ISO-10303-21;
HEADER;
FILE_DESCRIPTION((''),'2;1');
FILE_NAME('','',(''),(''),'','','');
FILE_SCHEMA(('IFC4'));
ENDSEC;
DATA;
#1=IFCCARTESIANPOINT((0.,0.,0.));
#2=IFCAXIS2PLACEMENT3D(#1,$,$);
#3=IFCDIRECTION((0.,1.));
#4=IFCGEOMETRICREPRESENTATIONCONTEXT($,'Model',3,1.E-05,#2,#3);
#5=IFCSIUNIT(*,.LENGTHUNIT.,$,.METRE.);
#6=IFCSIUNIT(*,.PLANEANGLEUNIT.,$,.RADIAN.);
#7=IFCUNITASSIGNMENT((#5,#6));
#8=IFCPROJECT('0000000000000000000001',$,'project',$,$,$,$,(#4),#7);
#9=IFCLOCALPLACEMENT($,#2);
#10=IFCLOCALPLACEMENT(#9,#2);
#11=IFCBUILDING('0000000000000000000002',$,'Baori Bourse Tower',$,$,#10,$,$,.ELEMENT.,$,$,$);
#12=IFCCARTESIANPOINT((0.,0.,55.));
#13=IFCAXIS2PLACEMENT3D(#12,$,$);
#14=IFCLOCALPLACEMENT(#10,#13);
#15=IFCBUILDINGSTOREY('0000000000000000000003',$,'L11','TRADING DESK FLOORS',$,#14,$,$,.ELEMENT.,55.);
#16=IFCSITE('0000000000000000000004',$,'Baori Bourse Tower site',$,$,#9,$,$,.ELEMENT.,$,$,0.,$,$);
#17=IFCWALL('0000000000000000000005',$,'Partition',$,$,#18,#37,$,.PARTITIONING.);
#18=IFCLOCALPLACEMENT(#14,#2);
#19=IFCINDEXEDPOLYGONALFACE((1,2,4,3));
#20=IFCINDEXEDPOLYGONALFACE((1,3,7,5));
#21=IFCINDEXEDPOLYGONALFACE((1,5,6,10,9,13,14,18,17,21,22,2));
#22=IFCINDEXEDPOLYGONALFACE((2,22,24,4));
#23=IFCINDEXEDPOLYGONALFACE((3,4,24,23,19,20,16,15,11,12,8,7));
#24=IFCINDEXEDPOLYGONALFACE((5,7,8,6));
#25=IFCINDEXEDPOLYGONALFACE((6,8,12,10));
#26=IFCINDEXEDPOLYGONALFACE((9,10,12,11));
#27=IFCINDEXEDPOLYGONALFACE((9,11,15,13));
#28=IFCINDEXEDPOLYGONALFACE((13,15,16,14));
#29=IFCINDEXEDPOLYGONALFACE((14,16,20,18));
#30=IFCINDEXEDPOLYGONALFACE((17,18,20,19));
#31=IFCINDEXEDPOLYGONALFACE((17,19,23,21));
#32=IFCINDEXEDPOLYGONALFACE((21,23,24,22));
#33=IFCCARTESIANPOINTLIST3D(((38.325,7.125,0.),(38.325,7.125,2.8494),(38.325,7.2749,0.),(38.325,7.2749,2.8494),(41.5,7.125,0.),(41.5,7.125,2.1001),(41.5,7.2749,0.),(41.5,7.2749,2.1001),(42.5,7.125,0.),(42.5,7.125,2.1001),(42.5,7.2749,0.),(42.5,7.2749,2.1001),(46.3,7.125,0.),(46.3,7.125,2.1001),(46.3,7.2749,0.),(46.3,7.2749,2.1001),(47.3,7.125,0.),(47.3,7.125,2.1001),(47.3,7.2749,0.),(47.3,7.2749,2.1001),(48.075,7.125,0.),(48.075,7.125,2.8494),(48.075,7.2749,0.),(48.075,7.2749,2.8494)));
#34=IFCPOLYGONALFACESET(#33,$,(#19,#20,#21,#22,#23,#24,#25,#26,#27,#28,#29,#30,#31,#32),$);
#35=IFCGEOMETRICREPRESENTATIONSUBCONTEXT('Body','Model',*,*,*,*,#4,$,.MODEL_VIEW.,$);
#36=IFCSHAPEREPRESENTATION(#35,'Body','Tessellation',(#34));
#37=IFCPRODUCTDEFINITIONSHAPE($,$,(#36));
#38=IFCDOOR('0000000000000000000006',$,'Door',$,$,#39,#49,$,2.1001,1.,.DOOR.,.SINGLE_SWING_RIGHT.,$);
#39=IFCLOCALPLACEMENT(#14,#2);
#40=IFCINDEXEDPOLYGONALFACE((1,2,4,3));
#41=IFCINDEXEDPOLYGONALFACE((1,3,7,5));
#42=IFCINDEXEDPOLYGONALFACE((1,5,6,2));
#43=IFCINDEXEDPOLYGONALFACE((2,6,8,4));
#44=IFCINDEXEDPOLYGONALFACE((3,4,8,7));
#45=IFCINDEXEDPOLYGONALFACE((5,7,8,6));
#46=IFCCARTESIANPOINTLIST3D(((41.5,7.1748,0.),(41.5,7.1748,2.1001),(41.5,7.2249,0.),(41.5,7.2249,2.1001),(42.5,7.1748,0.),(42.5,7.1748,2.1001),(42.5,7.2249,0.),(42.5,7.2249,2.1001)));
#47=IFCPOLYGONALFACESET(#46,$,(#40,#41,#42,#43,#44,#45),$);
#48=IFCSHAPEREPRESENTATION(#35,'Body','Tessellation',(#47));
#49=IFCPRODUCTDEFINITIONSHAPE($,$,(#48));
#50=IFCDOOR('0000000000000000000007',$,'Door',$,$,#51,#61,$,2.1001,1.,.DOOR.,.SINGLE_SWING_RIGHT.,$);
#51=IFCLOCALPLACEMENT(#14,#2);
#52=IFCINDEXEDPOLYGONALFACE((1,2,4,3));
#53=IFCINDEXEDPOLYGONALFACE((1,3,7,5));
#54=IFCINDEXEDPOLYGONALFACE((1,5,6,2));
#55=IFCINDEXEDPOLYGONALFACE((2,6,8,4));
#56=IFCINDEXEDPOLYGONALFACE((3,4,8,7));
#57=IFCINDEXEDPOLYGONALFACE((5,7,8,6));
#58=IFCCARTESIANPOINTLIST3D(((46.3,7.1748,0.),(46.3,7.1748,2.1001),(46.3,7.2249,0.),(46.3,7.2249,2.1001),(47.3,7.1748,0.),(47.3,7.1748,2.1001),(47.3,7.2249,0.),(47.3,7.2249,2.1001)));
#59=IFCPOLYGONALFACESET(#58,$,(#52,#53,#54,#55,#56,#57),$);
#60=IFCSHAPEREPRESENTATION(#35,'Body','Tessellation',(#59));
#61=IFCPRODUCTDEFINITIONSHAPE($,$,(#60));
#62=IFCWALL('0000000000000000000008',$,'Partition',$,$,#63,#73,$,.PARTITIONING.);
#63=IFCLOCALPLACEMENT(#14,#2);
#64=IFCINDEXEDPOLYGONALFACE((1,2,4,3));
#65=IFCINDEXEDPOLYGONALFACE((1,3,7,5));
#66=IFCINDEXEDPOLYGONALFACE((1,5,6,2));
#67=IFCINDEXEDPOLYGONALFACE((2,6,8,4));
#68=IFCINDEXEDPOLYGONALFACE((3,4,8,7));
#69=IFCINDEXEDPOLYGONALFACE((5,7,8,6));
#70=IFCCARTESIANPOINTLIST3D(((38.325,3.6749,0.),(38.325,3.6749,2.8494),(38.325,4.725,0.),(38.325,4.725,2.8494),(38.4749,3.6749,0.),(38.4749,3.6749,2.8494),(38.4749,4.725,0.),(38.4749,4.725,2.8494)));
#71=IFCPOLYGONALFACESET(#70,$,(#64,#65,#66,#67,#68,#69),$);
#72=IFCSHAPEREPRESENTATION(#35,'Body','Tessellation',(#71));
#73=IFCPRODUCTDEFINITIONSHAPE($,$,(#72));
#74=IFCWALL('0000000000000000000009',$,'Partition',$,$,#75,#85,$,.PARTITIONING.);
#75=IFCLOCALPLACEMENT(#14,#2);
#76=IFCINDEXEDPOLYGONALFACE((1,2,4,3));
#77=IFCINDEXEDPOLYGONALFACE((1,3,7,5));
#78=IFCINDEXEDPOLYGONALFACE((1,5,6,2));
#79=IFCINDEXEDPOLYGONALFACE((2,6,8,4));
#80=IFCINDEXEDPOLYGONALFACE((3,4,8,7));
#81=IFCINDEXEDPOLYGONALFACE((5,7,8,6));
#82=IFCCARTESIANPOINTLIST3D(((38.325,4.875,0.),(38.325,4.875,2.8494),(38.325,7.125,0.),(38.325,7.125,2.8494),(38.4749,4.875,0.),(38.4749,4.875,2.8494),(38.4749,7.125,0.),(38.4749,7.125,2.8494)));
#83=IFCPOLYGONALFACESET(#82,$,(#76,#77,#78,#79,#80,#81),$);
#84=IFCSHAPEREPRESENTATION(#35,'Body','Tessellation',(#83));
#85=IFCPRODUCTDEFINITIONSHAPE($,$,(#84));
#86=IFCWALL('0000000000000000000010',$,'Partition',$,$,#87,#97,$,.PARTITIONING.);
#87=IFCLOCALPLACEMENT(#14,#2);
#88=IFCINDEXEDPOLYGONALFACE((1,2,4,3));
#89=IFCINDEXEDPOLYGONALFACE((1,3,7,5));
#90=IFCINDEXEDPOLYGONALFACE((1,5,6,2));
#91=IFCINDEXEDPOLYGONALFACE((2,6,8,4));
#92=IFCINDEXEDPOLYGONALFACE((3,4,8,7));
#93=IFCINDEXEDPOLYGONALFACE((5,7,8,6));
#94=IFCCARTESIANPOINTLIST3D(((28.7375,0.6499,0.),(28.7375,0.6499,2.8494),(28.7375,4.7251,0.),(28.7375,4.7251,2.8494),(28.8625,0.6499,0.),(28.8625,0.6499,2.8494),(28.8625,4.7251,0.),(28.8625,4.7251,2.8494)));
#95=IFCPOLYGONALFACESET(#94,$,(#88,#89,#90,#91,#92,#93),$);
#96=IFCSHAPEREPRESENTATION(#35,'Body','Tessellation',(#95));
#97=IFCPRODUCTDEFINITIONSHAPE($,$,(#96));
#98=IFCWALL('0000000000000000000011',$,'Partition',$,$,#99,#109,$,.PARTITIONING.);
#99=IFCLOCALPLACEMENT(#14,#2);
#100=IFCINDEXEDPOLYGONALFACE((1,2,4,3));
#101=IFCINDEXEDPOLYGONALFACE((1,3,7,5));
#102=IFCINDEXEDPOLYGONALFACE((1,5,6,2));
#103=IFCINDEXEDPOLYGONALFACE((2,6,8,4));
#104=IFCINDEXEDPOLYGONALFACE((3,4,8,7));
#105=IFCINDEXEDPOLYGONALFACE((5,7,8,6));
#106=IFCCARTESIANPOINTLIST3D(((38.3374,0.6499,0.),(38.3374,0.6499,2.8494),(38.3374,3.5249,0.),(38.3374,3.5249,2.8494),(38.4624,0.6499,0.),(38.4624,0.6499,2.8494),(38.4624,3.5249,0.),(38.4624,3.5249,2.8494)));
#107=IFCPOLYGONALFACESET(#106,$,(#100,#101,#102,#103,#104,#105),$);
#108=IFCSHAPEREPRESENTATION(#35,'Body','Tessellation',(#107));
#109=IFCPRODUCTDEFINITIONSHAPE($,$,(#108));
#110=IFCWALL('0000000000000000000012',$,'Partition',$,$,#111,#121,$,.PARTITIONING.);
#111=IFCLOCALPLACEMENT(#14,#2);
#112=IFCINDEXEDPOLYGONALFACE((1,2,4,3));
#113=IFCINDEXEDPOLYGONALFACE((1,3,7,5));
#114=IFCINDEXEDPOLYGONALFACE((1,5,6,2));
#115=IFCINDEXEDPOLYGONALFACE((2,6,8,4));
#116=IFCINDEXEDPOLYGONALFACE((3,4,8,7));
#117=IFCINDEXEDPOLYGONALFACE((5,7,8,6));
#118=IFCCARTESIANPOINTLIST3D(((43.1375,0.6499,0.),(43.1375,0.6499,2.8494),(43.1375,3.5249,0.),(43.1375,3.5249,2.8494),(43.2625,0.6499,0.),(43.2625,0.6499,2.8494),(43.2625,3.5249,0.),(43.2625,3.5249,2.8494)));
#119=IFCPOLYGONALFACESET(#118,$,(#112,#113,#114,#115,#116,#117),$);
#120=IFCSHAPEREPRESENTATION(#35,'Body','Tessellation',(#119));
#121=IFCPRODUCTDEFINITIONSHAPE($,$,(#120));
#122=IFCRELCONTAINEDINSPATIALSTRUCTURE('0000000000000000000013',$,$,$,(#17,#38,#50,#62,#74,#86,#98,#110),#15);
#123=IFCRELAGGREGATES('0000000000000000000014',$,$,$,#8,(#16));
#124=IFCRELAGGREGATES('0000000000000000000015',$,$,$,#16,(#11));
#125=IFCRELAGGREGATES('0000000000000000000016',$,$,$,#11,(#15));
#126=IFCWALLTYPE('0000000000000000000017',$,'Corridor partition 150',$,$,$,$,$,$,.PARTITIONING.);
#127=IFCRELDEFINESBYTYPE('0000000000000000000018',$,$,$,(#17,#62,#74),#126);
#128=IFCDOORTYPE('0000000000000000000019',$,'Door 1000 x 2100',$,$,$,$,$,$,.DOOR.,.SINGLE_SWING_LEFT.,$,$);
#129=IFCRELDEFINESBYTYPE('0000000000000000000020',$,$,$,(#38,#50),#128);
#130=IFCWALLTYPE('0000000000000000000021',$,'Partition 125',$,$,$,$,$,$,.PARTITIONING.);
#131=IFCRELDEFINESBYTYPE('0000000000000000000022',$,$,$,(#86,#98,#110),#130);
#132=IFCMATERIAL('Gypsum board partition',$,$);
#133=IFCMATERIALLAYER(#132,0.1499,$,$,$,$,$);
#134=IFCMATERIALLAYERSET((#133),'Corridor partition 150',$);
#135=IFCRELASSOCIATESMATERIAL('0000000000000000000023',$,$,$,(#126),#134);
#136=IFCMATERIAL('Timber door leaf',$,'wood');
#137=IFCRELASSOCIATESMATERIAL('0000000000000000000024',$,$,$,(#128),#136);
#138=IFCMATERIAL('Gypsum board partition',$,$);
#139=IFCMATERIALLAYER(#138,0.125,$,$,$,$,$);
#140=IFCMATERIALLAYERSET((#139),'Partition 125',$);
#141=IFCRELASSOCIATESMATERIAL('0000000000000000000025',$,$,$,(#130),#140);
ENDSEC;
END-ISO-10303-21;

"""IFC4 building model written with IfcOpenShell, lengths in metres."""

from ifc_helpers import new_model, si_unit, direction, frame, frame_2d, origin, place, context, subcontext, project, spatial, rectangle, extrude, material, layer, layer_set, type_object, element, fill, save


model = new_model("IFC4")

# Units and contexts
model_context = context("Model", 3, precision=1e-05, world=origin(), true_north=direction((0.0, 1.0)))
body_context = subcontext(model_context, "Body", "Model", "MODEL_VIEW")
ifc_project = project(units=[si_unit("LENGTHUNIT", "METRE"), si_unit("PLANEANGLEUNIT", "RADIAN")], contexts=[model_context])

# Site, building, storey
site_placement = place(None, origin())
site = spatial("IfcSite", under=ifc_project, at=site_placement, Name="Baori Bourse Tower site", CompositionType="ELEMENT", RefElevation=0.0)
building_placement = place(site_placement, origin())
building = spatial("IfcBuilding", under=site, at=building_placement, Name="Baori Bourse Tower", CompositionType="ELEMENT")
storey_placement = place(building_placement, frame((0.0, 0.0, 55.0)))
storey = spatial("IfcBuildingStorey", under=building, at=storey_placement, Name="L11", Description="TRADING DESK FLOORS", CompositionType="ELEMENT", Elevation=55.0)

# Wall, openings, doors
ifc_material_1 = material(Name="Gypsum board partition")
ifc_layer_1 = layer(ifc_material_1, 0.1499)
ifc_layer_set_1 = layer_set([ifc_layer_1], Name="Corridor partition 150")
wall_type_1 = type_object("IfcWallType", Name="Corridor partition 150", PredefinedType="PARTITIONING", material=ifc_layer_set_1)
wall_1_placement = place(storey_placement, frame((38.325, 7.2, 0.0), z_axis=(0.0, 0.0, 1.0), x_axis=(1.0, 0.0, 0.0)))
wall_1 = element("IfcWall", 1, at=wall_1_placement, inside=storey, type_object=wall_type_1, Name="Partition", PredefinedType="PARTITIONING", context=body_context, shape_type="SweptSolid", body=[
    extrude(rectangle(XDim=9.75, YDim=0.1499, at=frame_2d((4.875, 0.0))), origin(), (0.0, 0.0, 1.0), 2.8494),
])
opening_1_placement = place(wall_1_placement, frame((3.175, 0.0, 0.0)))
opening_1 = element("IfcOpeningElement", 2, at=opening_1_placement, cuts=wall_1, PredefinedType="OPENING", context=body_context, shape_type="SweptSolid", body=[
    extrude(rectangle(XDim=1.0, YDim=2.1001, at=frame_2d((0.5, 1.05))), frame((0.0, 0.085, 0.0), z_axis=(0.0, -1.0, 0.0), x_axis=(1.0, 0.0, 0.0)), (0.0, 0.0, 1.0), 0.1699),
])
opening_2_placement = place(wall_1_placement, frame((7.9751, 0.0, 0.0)))
opening_2 = element("IfcOpeningElement", 3, at=opening_2_placement, cuts=wall_1, PredefinedType="OPENING", context=body_context, shape_type="SweptSolid", body=[
    extrude(rectangle(XDim=1.0, YDim=2.1001, at=frame_2d((0.5, 1.05))), frame((0.0, 0.085, 0.0), z_axis=(0.0, -1.0, 0.0), x_axis=(1.0, 0.0, 0.0)), (0.0, 0.0, 1.0), 0.1699),
])
ifc_material_2 = material(Name="Timber door leaf", Category="wood")
door_type_1 = type_object("IfcDoorType", Name="Door 1000 x 2100", OperationType="SINGLE_SWING_LEFT", PredefinedType="DOOR", material=ifc_material_2)
door_1_placement = place(opening_1_placement, origin())
door_1 = element("IfcDoor", 4, at=door_1_placement, inside=storey, type_object=door_type_1, Name="Door", OperationType="SINGLE_SWING_RIGHT", OverallHeight=2.1001, OverallWidth=1.0, PredefinedType="DOOR", context=body_context, shape_type="SweptSolid", body=[
    extrude(rectangle(XDim=1.0, YDim=2.1001, at=frame_2d((0.5, 1.05))), frame((0.0, 0.0249, 0.0), z_axis=(0.0, -1.0, 0.0), x_axis=(1.0, 0.0, 0.0)), (0.0, 0.0, 1.0), 0.05),
])
fill(opening_1, door_1)
door_2_placement = place(opening_2_placement, origin())
door_2 = element("IfcDoor", 5, at=door_2_placement, inside=storey, type_object=door_type_1, Name="Door", OperationType="SINGLE_SWING_RIGHT", OverallHeight=2.1001, OverallWidth=1.0, PredefinedType="DOOR", context=body_context, shape_type="SweptSolid", body=[
    extrude(rectangle(XDim=1.0, YDim=2.1001, at=frame_2d((0.5, 1.05))), frame((0.0, 0.0249, 0.0), z_axis=(0.0, -1.0, 0.0), x_axis=(1.0, 0.0, 0.0)), (0.0, 0.0, 1.0), 0.05),
])
fill(opening_2, door_2)

# Walls
wall_2_placement = place(storey_placement, frame((38.3999, 3.675, 0.0), z_axis=(0.0, 0.0, 1.0), x_axis=(0.0, 1.0, 0.0)))
element("IfcWall", 6, at=wall_2_placement, inside=storey, type_object=wall_type_1, Name="Partition", PredefinedType="PARTITIONING", context=body_context, shape_type="SweptSolid", body=[
    extrude(rectangle(XDim=1.05, YDim=0.1499, at=frame_2d((0.5249, 0.0))), origin(), (0.0, 0.0, 1.0), 2.8494),
])
wall_3_placement = place(storey_placement, frame((38.3999, 4.875, 0.0), z_axis=(0.0, 0.0, 1.0), x_axis=(0.0, 1.0, 0.0)))
element("IfcWall", 7, at=wall_3_placement, inside=storey, type_object=wall_type_1, Name="Partition", PredefinedType="PARTITIONING", context=body_context, shape_type="SweptSolid", body=[
    extrude(rectangle(XDim=2.25, YDim=0.1499, at=frame_2d((1.125, 0.0))), origin(), (0.0, 0.0, 1.0), 2.8494),
])
ifc_material_3 = material(Name="Gypsum board partition")
ifc_layer_2 = layer(ifc_material_3, 0.125)
ifc_layer_set_2 = layer_set([ifc_layer_2], Name="Partition 125")
wall_type_2 = type_object("IfcWallType", Name="Partition 125", PredefinedType="PARTITIONING", material=ifc_layer_set_2)
wall_4_placement = place(storey_placement, frame((28.8, 0.6499, 0.0), z_axis=(0.0, 0.0, 1.0), x_axis=(0.0, 1.0, 0.0)))
element("IfcWall", 8, at=wall_4_placement, inside=storey, type_object=wall_type_2, Name="Partition", PredefinedType="PARTITIONING", context=body_context, shape_type="SweptSolid", body=[
    extrude(rectangle(XDim=4.0752, YDim=0.125, at=frame_2d((2.0376, 0.0))), origin(), (0.0, 0.0, 1.0), 2.8494),
])
for number, where, z_axis, x_axis, name in (
    (9, (38.3999, 0.6499, 0.0), (0.0, 0.0, 1.0), (0.0, 1.0, 0.0), "Partition"),
    (10, (43.2, 0.6499, 0.0), (0.0, 0.0, 1.0), (0.0, 1.0, 0.0), "Partition"),
):
    element("IfcWall", number, at=place(storey_placement, frame(where, z_axis=z_axis, x_axis=x_axis)), inside=storey, type_object=wall_type_2, Name=name, PredefinedType="PARTITIONING", context=body_context, shape_type="SweptSolid", body=[
        extrude(rectangle(XDim=2.875, YDim=0.125, at=frame_2d((1.4375, 0.0))), origin(), (0.0, 0.0, 1.0), 2.8494),
    ])

save(model, "model.ifc")
